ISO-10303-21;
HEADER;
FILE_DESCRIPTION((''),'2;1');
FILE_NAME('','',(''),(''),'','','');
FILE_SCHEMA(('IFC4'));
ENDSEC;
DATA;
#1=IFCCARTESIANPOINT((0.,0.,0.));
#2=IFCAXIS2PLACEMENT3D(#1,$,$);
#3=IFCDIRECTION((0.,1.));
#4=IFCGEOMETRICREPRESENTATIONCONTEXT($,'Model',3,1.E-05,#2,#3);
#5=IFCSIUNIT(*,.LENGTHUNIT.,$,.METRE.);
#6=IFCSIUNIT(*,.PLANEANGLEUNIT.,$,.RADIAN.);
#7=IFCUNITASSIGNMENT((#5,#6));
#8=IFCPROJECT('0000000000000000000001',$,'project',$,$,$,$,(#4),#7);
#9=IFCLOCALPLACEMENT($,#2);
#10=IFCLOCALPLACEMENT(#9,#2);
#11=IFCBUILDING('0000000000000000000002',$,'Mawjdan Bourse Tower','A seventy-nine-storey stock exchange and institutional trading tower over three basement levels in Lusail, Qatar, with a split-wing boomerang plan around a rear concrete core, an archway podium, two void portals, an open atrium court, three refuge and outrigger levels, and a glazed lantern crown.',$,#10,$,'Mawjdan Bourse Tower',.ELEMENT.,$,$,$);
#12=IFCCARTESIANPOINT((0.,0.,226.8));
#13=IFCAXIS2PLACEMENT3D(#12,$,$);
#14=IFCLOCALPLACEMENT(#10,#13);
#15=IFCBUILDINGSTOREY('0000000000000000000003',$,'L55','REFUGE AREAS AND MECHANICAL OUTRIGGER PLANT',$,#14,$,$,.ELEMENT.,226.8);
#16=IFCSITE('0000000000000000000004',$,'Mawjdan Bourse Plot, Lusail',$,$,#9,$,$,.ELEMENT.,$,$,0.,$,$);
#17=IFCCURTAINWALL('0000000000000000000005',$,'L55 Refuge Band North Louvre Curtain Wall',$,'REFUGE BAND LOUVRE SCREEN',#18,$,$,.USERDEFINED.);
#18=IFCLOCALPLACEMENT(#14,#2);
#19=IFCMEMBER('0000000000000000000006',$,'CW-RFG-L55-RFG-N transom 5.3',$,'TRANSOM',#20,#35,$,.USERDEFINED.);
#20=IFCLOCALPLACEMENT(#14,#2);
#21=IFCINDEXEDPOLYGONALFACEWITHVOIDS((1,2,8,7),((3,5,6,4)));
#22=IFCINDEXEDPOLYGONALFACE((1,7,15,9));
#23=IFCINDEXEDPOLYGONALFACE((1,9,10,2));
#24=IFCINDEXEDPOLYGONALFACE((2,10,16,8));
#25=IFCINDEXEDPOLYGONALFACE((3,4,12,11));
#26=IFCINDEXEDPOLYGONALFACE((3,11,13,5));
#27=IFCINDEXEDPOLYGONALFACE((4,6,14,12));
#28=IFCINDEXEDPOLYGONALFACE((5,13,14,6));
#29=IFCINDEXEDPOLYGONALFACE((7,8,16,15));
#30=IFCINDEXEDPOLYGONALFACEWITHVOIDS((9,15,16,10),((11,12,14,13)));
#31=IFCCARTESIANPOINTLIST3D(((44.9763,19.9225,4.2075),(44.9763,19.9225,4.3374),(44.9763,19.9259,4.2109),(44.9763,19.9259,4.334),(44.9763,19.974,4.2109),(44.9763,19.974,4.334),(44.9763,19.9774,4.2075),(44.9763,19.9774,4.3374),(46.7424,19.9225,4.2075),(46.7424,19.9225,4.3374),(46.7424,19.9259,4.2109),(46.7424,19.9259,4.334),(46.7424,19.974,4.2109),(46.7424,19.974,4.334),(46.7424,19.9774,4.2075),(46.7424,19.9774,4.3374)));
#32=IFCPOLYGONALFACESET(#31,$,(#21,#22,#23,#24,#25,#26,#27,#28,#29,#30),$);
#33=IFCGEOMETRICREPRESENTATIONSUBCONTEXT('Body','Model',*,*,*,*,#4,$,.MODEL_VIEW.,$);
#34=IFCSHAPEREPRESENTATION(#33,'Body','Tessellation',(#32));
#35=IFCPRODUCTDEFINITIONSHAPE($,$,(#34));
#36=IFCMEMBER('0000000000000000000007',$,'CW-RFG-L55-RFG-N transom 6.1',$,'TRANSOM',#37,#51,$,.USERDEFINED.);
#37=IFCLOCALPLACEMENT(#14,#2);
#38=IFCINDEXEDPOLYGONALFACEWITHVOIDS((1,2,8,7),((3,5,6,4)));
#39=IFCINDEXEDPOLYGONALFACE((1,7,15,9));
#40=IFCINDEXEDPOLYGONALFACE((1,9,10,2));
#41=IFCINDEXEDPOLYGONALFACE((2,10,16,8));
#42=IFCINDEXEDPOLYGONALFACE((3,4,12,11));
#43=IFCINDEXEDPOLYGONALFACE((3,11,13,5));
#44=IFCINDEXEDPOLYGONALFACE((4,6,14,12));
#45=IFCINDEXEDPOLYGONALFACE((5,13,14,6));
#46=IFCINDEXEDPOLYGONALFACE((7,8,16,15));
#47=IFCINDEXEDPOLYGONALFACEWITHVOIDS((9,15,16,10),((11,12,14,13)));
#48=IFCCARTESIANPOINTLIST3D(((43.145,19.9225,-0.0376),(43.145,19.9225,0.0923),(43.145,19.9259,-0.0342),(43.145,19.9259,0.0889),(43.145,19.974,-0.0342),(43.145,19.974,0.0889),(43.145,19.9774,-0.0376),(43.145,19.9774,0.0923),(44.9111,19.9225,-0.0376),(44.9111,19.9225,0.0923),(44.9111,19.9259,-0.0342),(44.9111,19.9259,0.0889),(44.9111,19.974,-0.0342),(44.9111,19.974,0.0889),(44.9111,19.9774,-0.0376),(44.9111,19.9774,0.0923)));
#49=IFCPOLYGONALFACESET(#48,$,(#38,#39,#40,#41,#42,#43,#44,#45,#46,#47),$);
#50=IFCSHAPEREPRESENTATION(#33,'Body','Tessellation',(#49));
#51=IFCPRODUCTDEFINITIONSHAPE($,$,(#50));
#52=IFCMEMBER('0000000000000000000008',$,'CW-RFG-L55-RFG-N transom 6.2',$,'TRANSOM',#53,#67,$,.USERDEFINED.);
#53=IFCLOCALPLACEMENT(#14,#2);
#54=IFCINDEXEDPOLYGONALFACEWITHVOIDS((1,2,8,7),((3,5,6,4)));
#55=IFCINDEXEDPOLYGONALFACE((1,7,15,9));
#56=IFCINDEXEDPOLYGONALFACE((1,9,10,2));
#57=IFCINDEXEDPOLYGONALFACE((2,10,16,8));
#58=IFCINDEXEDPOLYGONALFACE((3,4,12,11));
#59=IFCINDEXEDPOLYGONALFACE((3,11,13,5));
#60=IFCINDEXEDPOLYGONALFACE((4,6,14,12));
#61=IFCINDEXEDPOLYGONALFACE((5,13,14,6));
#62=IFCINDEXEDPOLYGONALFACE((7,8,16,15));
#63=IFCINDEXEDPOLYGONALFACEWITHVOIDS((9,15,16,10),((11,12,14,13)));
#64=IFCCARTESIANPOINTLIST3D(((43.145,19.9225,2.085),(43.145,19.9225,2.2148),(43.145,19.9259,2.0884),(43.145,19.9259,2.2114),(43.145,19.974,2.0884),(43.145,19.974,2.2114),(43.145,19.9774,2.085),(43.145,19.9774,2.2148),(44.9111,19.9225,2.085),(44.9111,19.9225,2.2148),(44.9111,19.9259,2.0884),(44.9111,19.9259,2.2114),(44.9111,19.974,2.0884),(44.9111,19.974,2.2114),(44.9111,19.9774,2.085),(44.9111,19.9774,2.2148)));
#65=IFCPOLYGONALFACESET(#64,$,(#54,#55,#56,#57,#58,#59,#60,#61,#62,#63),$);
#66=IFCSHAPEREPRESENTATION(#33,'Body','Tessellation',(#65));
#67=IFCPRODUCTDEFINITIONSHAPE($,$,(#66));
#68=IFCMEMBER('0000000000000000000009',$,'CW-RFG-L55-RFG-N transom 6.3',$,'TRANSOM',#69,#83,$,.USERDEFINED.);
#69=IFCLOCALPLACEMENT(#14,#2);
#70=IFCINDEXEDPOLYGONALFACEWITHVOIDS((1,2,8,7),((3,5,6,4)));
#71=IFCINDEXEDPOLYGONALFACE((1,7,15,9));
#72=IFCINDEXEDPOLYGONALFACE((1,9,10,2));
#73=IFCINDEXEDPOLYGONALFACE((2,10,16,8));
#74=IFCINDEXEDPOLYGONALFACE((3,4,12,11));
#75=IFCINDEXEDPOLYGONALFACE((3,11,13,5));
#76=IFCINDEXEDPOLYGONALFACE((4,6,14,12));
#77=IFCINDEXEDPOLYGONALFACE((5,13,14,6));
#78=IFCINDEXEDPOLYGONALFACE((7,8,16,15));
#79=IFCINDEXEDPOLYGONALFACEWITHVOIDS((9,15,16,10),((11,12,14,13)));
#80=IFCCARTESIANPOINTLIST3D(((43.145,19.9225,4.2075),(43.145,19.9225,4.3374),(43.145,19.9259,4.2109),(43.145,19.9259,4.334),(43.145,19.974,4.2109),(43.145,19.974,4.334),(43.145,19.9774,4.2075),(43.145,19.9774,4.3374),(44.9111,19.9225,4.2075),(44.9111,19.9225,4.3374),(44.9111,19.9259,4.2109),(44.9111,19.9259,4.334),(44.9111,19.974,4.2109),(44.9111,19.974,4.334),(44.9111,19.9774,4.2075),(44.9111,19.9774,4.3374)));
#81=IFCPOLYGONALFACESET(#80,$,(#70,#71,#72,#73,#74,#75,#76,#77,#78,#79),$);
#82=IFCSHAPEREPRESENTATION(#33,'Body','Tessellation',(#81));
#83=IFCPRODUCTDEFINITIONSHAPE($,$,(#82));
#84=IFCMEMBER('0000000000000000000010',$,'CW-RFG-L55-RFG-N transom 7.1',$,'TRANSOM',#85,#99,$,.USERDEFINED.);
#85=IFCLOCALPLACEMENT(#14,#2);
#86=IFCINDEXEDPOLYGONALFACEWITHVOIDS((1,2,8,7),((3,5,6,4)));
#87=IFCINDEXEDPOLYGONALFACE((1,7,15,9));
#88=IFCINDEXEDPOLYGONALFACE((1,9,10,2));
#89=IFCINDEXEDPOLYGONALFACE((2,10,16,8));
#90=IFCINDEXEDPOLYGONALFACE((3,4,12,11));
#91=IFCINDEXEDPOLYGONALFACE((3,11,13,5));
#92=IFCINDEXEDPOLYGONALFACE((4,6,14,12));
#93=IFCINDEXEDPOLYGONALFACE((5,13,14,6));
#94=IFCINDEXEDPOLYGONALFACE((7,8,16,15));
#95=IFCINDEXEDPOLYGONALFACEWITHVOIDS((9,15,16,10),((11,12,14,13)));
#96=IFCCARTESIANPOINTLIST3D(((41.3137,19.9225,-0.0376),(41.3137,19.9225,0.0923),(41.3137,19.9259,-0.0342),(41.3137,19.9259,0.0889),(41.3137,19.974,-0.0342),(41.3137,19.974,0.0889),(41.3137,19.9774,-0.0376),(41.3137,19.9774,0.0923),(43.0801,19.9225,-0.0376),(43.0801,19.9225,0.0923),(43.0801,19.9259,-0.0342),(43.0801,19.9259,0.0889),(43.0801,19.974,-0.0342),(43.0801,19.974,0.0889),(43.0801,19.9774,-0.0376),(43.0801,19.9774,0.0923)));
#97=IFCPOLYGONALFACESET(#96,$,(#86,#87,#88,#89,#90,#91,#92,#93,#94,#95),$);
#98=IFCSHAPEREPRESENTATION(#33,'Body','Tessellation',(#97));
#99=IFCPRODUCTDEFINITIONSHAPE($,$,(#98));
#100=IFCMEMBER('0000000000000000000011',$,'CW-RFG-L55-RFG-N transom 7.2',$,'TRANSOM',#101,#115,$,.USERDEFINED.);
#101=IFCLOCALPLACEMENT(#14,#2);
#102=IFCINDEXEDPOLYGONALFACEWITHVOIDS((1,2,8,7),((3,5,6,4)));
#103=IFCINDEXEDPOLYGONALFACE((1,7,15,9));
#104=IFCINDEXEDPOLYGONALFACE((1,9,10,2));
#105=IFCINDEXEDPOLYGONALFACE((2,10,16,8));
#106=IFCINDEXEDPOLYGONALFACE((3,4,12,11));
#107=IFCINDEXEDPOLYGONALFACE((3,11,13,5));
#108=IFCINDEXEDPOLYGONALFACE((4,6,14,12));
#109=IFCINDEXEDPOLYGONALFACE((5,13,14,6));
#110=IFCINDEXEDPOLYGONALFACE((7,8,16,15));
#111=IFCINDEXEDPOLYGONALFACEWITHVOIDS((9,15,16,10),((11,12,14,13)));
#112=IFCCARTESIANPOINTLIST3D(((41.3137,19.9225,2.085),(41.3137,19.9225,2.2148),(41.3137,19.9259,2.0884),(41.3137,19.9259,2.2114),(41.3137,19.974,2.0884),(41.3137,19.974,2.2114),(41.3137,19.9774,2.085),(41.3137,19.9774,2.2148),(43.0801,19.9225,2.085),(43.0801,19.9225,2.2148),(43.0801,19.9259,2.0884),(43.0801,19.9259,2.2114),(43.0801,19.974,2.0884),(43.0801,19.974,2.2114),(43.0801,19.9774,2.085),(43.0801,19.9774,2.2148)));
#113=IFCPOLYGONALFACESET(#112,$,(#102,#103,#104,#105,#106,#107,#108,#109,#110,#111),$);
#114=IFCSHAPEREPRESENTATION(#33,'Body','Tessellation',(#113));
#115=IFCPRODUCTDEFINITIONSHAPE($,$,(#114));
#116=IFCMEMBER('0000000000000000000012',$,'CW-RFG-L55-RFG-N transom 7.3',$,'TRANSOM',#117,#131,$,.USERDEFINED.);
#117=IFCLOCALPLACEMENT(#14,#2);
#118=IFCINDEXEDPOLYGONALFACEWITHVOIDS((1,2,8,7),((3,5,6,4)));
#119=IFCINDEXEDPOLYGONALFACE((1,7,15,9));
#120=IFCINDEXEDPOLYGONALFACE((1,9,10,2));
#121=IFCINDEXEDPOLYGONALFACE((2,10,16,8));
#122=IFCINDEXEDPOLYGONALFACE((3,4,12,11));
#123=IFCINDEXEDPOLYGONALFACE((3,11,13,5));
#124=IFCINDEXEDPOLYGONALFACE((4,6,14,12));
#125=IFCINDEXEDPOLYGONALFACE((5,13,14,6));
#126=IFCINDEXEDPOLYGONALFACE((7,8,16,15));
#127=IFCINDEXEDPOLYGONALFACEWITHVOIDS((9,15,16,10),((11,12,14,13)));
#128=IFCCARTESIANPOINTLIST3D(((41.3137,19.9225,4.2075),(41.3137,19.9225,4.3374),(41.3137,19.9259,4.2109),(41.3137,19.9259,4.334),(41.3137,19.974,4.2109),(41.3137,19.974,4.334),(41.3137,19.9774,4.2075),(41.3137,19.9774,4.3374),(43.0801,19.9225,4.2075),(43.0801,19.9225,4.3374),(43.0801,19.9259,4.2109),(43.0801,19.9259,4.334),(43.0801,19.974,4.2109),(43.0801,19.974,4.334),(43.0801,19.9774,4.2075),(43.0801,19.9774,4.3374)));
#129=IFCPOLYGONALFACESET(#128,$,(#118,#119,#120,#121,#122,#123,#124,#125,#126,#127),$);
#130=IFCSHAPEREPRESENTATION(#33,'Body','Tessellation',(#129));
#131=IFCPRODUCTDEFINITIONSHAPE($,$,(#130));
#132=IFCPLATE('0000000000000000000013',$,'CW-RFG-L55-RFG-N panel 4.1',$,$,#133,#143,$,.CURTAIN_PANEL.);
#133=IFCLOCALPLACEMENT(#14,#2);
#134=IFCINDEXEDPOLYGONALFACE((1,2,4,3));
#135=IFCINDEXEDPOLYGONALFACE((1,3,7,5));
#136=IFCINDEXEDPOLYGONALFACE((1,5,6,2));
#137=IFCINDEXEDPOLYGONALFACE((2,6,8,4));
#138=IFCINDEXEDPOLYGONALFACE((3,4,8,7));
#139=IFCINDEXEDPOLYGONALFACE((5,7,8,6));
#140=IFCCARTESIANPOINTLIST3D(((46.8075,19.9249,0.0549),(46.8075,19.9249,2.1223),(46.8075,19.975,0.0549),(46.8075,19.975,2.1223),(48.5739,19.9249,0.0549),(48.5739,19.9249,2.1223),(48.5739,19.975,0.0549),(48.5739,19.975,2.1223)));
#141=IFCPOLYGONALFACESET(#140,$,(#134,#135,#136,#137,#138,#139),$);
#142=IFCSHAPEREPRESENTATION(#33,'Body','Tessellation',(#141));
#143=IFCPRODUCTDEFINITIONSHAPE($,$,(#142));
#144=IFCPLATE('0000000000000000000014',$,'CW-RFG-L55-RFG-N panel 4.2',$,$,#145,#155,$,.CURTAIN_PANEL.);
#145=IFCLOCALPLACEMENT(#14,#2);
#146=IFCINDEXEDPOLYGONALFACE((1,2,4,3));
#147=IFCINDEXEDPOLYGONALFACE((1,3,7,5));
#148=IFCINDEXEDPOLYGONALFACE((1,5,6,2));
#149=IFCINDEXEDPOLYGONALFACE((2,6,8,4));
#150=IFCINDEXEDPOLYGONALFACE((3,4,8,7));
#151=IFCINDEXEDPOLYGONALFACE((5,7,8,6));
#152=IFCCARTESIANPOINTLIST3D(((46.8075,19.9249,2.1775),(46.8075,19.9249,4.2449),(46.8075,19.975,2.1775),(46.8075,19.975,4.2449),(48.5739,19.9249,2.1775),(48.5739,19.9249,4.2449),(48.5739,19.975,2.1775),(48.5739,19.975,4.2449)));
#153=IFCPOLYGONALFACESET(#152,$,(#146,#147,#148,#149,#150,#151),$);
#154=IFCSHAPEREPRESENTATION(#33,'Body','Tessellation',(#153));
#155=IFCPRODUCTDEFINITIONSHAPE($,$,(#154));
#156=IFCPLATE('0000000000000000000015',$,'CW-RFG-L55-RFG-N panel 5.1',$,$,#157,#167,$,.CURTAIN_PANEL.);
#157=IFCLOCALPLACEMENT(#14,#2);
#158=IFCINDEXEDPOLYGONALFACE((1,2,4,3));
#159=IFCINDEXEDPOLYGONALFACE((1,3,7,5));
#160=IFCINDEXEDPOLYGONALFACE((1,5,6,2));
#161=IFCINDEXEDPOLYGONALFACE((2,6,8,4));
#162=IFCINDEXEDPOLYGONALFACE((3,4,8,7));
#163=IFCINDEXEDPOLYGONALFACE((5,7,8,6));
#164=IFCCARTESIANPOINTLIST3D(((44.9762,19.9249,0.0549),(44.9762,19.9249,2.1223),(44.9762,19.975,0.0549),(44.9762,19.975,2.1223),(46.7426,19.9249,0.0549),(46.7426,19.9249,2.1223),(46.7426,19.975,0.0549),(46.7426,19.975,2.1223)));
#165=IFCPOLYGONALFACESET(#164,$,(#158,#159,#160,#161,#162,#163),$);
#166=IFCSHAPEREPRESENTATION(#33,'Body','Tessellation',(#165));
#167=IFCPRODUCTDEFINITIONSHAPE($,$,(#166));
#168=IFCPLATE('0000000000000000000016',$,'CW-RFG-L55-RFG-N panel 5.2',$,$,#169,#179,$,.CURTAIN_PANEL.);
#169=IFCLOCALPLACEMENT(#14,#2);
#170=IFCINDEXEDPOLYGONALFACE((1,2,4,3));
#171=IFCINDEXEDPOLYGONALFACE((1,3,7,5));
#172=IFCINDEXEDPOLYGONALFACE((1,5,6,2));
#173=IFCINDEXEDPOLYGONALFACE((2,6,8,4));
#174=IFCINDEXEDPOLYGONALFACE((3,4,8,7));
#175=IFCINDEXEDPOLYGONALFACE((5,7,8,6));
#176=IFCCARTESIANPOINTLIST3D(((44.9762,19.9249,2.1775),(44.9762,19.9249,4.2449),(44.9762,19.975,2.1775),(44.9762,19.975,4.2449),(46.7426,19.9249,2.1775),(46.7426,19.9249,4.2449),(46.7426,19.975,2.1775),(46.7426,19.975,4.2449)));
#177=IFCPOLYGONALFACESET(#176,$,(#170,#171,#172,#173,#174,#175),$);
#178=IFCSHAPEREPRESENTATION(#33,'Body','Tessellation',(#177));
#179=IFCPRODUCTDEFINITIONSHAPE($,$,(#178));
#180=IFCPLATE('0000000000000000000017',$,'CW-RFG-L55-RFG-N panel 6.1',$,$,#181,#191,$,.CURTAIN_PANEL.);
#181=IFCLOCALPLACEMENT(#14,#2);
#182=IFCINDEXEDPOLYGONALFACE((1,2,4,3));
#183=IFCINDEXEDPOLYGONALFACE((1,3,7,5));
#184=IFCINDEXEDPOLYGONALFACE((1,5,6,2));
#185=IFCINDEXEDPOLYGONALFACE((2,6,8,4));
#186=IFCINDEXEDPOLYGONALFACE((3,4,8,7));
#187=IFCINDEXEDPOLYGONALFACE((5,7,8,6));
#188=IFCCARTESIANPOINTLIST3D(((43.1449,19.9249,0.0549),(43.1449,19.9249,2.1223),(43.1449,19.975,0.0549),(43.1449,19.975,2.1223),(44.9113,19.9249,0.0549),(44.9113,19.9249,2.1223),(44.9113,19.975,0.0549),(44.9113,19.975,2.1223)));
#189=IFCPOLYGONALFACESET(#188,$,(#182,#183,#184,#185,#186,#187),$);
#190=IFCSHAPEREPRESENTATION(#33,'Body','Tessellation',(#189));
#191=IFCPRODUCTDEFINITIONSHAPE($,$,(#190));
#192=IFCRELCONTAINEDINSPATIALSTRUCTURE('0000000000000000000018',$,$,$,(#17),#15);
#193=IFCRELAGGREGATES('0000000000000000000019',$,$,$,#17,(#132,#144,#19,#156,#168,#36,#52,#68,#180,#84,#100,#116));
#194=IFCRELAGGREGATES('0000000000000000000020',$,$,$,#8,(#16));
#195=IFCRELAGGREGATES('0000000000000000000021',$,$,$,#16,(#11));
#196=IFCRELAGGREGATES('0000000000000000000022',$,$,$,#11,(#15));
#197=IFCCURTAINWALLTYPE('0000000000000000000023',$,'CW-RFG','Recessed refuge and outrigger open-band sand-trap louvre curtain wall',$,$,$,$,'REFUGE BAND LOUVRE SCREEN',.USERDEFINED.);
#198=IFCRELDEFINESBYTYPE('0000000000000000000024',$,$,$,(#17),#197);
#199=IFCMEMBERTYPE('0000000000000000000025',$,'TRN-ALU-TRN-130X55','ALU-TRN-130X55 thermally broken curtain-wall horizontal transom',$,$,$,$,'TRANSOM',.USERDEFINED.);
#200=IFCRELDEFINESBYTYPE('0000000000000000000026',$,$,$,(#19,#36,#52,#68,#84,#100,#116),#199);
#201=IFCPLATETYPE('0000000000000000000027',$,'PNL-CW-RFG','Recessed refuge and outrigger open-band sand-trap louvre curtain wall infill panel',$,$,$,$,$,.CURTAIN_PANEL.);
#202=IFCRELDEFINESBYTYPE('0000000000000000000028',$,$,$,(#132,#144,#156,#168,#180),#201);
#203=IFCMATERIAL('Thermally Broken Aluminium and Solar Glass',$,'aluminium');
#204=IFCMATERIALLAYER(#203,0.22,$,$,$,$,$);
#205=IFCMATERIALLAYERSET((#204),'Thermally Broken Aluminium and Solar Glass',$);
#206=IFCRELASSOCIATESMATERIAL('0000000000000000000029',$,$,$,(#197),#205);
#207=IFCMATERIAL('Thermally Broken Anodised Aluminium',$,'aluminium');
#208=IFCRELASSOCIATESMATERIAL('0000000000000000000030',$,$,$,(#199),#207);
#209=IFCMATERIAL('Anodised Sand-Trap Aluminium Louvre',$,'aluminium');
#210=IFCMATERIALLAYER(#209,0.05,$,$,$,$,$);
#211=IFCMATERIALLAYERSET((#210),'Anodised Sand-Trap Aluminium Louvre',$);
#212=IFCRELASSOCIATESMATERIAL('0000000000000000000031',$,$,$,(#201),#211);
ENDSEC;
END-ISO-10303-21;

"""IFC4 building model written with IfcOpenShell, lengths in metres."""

from ifc_helpers import new_model, si_unit, direction, frame, origin, origin_2d, place, context, subcontext, project, spatial, rectangle, hollow_rectangle, extrude, material, layer, layer_set, material_profile, profile_set, type_object, element, aggregate, save


model = new_model("IFC4")

# Units and contexts
model_context = context("Model", 3, precision=1e-05, world=origin(), true_north=direction((0.0, 1.0)))
body_context = subcontext(model_context, "Body", "Model", "MODEL_VIEW")
ifc_project = project(units=[si_unit("LENGTHUNIT", "METRE"), si_unit("PLANEANGLEUNIT", "RADIAN")], contexts=[model_context])

# Site, building, storey
site_placement = place(None, origin())
site = spatial("IfcSite", under=ifc_project, at=site_placement, Name="Mawjdan Bourse Plot, Lusail", CompositionType="ELEMENT", RefElevation=0.0)
building_placement = place(site_placement, origin())
building = spatial("IfcBuilding", under=site, at=building_placement, Name="Mawjdan Bourse Tower", Description="A seventy-nine-storey stock exchange and institutional trading tower over three basement levels in Lusail, Qatar, with a split-wing boomerang plan around a rear concrete core, an archway podium, two void portals, an open atrium court, three refuge and outrigger levels, and a glazed lantern crown.", LongName="Mawjdan Bourse Tower", CompositionType="ELEMENT")
storey_placement = place(building_placement, frame((0.0, 0.0, 226.8)))
storey = spatial("IfcBuildingStorey", under=building, at=storey_placement, Name="L55", Description="REFUGE AREAS AND MECHANICAL OUTRIGGER PLANT", CompositionType="ELEMENT", Elevation=226.8)

# Curtain wall
ifc_material_1 = material(Name="Thermally Broken Aluminium and Solar Glass", Category="aluminium")
ifc_layer_1 = layer(ifc_material_1, 0.22)
ifc_layer_set_1 = layer_set([ifc_layer_1], Name="Thermally Broken Aluminium and Solar Glass")
curtain_wall_type = type_object("IfcCurtainWallType", Name="CW-RFG", Description="Recessed refuge and outrigger open-band sand-trap louvre curtain wall", ElementType="REFUGE BAND LOUVRE SCREEN", PredefinedType="USERDEFINED", material=ifc_layer_set_1)
curtain_wall_placement = place(storey_placement, origin())
curtain_wall = element("IfcCurtainWall", 1, at=curtain_wall_placement, inside=storey, type_object=curtain_wall_type, Name="L55 Refuge Band North Louvre Curtain Wall", ObjectType="REFUGE BAND LOUVRE SCREEN", PredefinedType="USERDEFINED")
ifc_material_2 = material(Name="Thermally Broken Anodised Aluminium", Category="aluminium")

# Members
ifc_material_profile_1 = material_profile(ifc_material_2, hollow_rectangle(XDim=0.0549, YDim=0.1299, WallThickness=0.0034, at=origin_2d()), Name="ALU-TRN-130X55")
ifc_profile_set_1 = profile_set([ifc_material_profile_1], Name="Thermally Broken Anodised Aluminium")
member_type_1 = type_object("IfcMemberType", Name="TRN-ALU-TRN-130X55", Description="ALU-TRN-130X55 thermally broken curtain-wall horizontal transom", ElementType="TRANSOM", PredefinedType="USERDEFINED", material=ifc_profile_set_1)
member_1_placement = place(storey_placement, frame((46.7424, 19.95, 4.2725), z_axis=(-1.0, 0.0, 0.0), x_axis=(0.0, -1.0, 0.0)))
member_1 = element("IfcMember", 2, at=member_1_placement, type_object=member_type_1, Name="CW-RFG-L55-RFG-N transom 5.3", ObjectType="TRANSOM", PredefinedType="USERDEFINED", context=body_context, shape_type="SweptSolid", body=[
    extrude(hollow_rectangle(XDim=0.0549, YDim=0.1299, WallThickness=0.0034, at=origin_2d()), origin(), (0.0, 0.0, 1.0), 1.7661),
])
member_2_placement = place(storey_placement, frame((44.9111, 19.95, 0.0273), z_axis=(-1.0, 0.0, 0.0), x_axis=(0.0, -1.0, 0.0)))
member_2 = element("IfcMember", 3, at=member_2_placement, type_object=member_type_1, Name="CW-RFG-L55-RFG-N transom 6.1", ObjectType="TRANSOM", PredefinedType="USERDEFINED", context=body_context, shape_type="SweptSolid", body=[
    extrude(hollow_rectangle(XDim=0.0549, YDim=0.1299, WallThickness=0.0034, at=origin_2d()), origin(), (0.0, 0.0, 1.0), 1.7661),
])
member_3_placement = place(storey_placement, frame((44.9111, 19.95, 2.1499), z_axis=(-1.0, 0.0, 0.0), x_axis=(0.0, -1.0, 0.0)))
member_3 = element("IfcMember", 4, at=member_3_placement, type_object=member_type_1, Name="CW-RFG-L55-RFG-N transom 6.2", ObjectType="TRANSOM", PredefinedType="USERDEFINED", context=body_context, shape_type="SweptSolid", body=[
    extrude(hollow_rectangle(XDim=0.0549, YDim=0.1299, WallThickness=0.0034, at=origin_2d()), origin(), (0.0, 0.0, 1.0), 1.7661),
])
member_4_placement = place(storey_placement, frame((44.9111, 19.95, 4.2725), z_axis=(-1.0, 0.0, 0.0), x_axis=(0.0, -1.0, 0.0)))
member_4 = element("IfcMember", 5, at=member_4_placement, type_object=member_type_1, Name="CW-RFG-L55-RFG-N transom 6.3", ObjectType="TRANSOM", PredefinedType="USERDEFINED", context=body_context, shape_type="SweptSolid", body=[
    extrude(hollow_rectangle(XDim=0.0549, YDim=0.1299, WallThickness=0.0034, at=origin_2d()), origin(), (0.0, 0.0, 1.0), 1.7661),
])
member_5_placement = place(storey_placement, frame((43.0801, 19.95, 0.0273), z_axis=(-1.0, 0.0, 0.0), x_axis=(0.0, -1.0, 0.0)))
member_5 = element("IfcMember", 6, at=member_5_placement, type_object=member_type_1, Name="CW-RFG-L55-RFG-N transom 7.1", ObjectType="TRANSOM", PredefinedType="USERDEFINED", context=body_context, shape_type="SweptSolid", body=[
    extrude(hollow_rectangle(XDim=0.0549, YDim=0.1299, WallThickness=0.0034, at=origin_2d()), origin(), (0.0, 0.0, 1.0), 1.7664),
])
member_6_placement = place(storey_placement, frame((43.0801, 19.95, 2.1499), z_axis=(-1.0, 0.0, 0.0), x_axis=(0.0, -1.0, 0.0)))
member_6 = element("IfcMember", 7, at=member_6_placement, type_object=member_type_1, Name="CW-RFG-L55-RFG-N transom 7.2", ObjectType="TRANSOM", PredefinedType="USERDEFINED", context=body_context, shape_type="SweptSolid", body=[
    extrude(hollow_rectangle(XDim=0.0549, YDim=0.1299, WallThickness=0.0034, at=origin_2d()), origin(), (0.0, 0.0, 1.0), 1.7664),
])
member_7_placement = place(storey_placement, frame((43.0801, 19.95, 4.2725), z_axis=(-1.0, 0.0, 0.0), x_axis=(0.0, -1.0, 0.0)))
member_7 = element("IfcMember", 8, at=member_7_placement, type_object=member_type_1, Name="CW-RFG-L55-RFG-N transom 7.3", ObjectType="TRANSOM", PredefinedType="USERDEFINED", context=body_context, shape_type="SweptSolid", body=[
    extrude(hollow_rectangle(XDim=0.0549, YDim=0.1299, WallThickness=0.0034, at=origin_2d()), origin(), (0.0, 0.0, 1.0), 1.7664),
])

# Plates
ifc_material_3 = material(Name="Anodised Sand-Trap Aluminium Louvre", Category="aluminium")
ifc_layer_2 = layer(ifc_material_3, 0.05)
ifc_layer_set_2 = layer_set([ifc_layer_2], Name="Anodised Sand-Trap Aluminium Louvre")
plate_type = type_object("IfcPlateType", Name="PNL-CW-RFG", Description="Recessed refuge and outrigger open-band sand-trap louvre curtain wall infill panel", PredefinedType="CURTAIN_PANEL", material=ifc_layer_set_2)
plate_1_placement = place(storey_placement, frame((47.6907, 19.95, 0.0549), z_axis=(0.0, 0.0, 1.0), x_axis=(-1.0, 0.0, 0.0)))
plate_1 = element("IfcPlate", 9, at=plate_1_placement, type_object=plate_type, Name="CW-RFG-L55-RFG-N panel 4.1", PredefinedType="CURTAIN_PANEL", context=body_context, shape_type="SweptSolid", body=[
    extrude(rectangle(XDim=1.7664, YDim=0.05, at=origin_2d()), origin(), (0.0, 0.0, 1.0), 2.0674),
])
plate_2_placement = place(storey_placement, frame((47.6907, 19.95, 2.1775), z_axis=(0.0, 0.0, 1.0), x_axis=(-1.0, 0.0, 0.0)))
plate_2 = element("IfcPlate", 10, at=plate_2_placement, type_object=plate_type, Name="CW-RFG-L55-RFG-N panel 4.2", PredefinedType="CURTAIN_PANEL", context=body_context, shape_type="SweptSolid", body=[
    extrude(rectangle(XDim=1.7664, YDim=0.05, at=origin_2d()), origin(), (0.0, 0.0, 1.0), 2.0674),
])
plate_3_placement = place(storey_placement, frame((45.8594, 19.95, 0.0549), z_axis=(0.0, 0.0, 1.0), x_axis=(-1.0, 0.0, 0.0)))
plate_3 = element("IfcPlate", 11, at=plate_3_placement, type_object=plate_type, Name="CW-RFG-L55-RFG-N panel 5.1", PredefinedType="CURTAIN_PANEL", context=body_context, shape_type="SweptSolid", body=[
    extrude(rectangle(XDim=1.7664, YDim=0.05, at=origin_2d()), origin(), (0.0, 0.0, 1.0), 2.0674),
])
plate_4_placement = place(storey_placement, frame((45.8594, 19.95, 2.1775), z_axis=(0.0, 0.0, 1.0), x_axis=(-1.0, 0.0, 0.0)))
plate_4 = element("IfcPlate", 12, at=plate_4_placement, type_object=plate_type, Name="CW-RFG-L55-RFG-N panel 5.2", PredefinedType="CURTAIN_PANEL", context=body_context, shape_type="SweptSolid", body=[
    extrude(rectangle(XDim=1.7664, YDim=0.05, at=origin_2d()), origin(), (0.0, 0.0, 1.0), 2.0674),
])
plate_5_placement = place(storey_placement, frame((44.0281, 19.95, 0.0549), z_axis=(0.0, 0.0, 1.0), x_axis=(-1.0, 0.0, 0.0)))
plate_5 = element("IfcPlate", 13, at=plate_5_placement, type_object=plate_type, Name="CW-RFG-L55-RFG-N panel 6.1", PredefinedType="CURTAIN_PANEL", context=body_context, shape_type="SweptSolid", body=[
    extrude(rectangle(XDim=1.7664, YDim=0.05, at=origin_2d()), origin(), (0.0, 0.0, 1.0), 2.0674),
])
aggregate(curtain_wall, [plate_1, plate_2, member_1, plate_3, plate_4, member_2, member_3, member_4, plate_5, member_5, member_6, member_7])

save(model, "model.ifc")
